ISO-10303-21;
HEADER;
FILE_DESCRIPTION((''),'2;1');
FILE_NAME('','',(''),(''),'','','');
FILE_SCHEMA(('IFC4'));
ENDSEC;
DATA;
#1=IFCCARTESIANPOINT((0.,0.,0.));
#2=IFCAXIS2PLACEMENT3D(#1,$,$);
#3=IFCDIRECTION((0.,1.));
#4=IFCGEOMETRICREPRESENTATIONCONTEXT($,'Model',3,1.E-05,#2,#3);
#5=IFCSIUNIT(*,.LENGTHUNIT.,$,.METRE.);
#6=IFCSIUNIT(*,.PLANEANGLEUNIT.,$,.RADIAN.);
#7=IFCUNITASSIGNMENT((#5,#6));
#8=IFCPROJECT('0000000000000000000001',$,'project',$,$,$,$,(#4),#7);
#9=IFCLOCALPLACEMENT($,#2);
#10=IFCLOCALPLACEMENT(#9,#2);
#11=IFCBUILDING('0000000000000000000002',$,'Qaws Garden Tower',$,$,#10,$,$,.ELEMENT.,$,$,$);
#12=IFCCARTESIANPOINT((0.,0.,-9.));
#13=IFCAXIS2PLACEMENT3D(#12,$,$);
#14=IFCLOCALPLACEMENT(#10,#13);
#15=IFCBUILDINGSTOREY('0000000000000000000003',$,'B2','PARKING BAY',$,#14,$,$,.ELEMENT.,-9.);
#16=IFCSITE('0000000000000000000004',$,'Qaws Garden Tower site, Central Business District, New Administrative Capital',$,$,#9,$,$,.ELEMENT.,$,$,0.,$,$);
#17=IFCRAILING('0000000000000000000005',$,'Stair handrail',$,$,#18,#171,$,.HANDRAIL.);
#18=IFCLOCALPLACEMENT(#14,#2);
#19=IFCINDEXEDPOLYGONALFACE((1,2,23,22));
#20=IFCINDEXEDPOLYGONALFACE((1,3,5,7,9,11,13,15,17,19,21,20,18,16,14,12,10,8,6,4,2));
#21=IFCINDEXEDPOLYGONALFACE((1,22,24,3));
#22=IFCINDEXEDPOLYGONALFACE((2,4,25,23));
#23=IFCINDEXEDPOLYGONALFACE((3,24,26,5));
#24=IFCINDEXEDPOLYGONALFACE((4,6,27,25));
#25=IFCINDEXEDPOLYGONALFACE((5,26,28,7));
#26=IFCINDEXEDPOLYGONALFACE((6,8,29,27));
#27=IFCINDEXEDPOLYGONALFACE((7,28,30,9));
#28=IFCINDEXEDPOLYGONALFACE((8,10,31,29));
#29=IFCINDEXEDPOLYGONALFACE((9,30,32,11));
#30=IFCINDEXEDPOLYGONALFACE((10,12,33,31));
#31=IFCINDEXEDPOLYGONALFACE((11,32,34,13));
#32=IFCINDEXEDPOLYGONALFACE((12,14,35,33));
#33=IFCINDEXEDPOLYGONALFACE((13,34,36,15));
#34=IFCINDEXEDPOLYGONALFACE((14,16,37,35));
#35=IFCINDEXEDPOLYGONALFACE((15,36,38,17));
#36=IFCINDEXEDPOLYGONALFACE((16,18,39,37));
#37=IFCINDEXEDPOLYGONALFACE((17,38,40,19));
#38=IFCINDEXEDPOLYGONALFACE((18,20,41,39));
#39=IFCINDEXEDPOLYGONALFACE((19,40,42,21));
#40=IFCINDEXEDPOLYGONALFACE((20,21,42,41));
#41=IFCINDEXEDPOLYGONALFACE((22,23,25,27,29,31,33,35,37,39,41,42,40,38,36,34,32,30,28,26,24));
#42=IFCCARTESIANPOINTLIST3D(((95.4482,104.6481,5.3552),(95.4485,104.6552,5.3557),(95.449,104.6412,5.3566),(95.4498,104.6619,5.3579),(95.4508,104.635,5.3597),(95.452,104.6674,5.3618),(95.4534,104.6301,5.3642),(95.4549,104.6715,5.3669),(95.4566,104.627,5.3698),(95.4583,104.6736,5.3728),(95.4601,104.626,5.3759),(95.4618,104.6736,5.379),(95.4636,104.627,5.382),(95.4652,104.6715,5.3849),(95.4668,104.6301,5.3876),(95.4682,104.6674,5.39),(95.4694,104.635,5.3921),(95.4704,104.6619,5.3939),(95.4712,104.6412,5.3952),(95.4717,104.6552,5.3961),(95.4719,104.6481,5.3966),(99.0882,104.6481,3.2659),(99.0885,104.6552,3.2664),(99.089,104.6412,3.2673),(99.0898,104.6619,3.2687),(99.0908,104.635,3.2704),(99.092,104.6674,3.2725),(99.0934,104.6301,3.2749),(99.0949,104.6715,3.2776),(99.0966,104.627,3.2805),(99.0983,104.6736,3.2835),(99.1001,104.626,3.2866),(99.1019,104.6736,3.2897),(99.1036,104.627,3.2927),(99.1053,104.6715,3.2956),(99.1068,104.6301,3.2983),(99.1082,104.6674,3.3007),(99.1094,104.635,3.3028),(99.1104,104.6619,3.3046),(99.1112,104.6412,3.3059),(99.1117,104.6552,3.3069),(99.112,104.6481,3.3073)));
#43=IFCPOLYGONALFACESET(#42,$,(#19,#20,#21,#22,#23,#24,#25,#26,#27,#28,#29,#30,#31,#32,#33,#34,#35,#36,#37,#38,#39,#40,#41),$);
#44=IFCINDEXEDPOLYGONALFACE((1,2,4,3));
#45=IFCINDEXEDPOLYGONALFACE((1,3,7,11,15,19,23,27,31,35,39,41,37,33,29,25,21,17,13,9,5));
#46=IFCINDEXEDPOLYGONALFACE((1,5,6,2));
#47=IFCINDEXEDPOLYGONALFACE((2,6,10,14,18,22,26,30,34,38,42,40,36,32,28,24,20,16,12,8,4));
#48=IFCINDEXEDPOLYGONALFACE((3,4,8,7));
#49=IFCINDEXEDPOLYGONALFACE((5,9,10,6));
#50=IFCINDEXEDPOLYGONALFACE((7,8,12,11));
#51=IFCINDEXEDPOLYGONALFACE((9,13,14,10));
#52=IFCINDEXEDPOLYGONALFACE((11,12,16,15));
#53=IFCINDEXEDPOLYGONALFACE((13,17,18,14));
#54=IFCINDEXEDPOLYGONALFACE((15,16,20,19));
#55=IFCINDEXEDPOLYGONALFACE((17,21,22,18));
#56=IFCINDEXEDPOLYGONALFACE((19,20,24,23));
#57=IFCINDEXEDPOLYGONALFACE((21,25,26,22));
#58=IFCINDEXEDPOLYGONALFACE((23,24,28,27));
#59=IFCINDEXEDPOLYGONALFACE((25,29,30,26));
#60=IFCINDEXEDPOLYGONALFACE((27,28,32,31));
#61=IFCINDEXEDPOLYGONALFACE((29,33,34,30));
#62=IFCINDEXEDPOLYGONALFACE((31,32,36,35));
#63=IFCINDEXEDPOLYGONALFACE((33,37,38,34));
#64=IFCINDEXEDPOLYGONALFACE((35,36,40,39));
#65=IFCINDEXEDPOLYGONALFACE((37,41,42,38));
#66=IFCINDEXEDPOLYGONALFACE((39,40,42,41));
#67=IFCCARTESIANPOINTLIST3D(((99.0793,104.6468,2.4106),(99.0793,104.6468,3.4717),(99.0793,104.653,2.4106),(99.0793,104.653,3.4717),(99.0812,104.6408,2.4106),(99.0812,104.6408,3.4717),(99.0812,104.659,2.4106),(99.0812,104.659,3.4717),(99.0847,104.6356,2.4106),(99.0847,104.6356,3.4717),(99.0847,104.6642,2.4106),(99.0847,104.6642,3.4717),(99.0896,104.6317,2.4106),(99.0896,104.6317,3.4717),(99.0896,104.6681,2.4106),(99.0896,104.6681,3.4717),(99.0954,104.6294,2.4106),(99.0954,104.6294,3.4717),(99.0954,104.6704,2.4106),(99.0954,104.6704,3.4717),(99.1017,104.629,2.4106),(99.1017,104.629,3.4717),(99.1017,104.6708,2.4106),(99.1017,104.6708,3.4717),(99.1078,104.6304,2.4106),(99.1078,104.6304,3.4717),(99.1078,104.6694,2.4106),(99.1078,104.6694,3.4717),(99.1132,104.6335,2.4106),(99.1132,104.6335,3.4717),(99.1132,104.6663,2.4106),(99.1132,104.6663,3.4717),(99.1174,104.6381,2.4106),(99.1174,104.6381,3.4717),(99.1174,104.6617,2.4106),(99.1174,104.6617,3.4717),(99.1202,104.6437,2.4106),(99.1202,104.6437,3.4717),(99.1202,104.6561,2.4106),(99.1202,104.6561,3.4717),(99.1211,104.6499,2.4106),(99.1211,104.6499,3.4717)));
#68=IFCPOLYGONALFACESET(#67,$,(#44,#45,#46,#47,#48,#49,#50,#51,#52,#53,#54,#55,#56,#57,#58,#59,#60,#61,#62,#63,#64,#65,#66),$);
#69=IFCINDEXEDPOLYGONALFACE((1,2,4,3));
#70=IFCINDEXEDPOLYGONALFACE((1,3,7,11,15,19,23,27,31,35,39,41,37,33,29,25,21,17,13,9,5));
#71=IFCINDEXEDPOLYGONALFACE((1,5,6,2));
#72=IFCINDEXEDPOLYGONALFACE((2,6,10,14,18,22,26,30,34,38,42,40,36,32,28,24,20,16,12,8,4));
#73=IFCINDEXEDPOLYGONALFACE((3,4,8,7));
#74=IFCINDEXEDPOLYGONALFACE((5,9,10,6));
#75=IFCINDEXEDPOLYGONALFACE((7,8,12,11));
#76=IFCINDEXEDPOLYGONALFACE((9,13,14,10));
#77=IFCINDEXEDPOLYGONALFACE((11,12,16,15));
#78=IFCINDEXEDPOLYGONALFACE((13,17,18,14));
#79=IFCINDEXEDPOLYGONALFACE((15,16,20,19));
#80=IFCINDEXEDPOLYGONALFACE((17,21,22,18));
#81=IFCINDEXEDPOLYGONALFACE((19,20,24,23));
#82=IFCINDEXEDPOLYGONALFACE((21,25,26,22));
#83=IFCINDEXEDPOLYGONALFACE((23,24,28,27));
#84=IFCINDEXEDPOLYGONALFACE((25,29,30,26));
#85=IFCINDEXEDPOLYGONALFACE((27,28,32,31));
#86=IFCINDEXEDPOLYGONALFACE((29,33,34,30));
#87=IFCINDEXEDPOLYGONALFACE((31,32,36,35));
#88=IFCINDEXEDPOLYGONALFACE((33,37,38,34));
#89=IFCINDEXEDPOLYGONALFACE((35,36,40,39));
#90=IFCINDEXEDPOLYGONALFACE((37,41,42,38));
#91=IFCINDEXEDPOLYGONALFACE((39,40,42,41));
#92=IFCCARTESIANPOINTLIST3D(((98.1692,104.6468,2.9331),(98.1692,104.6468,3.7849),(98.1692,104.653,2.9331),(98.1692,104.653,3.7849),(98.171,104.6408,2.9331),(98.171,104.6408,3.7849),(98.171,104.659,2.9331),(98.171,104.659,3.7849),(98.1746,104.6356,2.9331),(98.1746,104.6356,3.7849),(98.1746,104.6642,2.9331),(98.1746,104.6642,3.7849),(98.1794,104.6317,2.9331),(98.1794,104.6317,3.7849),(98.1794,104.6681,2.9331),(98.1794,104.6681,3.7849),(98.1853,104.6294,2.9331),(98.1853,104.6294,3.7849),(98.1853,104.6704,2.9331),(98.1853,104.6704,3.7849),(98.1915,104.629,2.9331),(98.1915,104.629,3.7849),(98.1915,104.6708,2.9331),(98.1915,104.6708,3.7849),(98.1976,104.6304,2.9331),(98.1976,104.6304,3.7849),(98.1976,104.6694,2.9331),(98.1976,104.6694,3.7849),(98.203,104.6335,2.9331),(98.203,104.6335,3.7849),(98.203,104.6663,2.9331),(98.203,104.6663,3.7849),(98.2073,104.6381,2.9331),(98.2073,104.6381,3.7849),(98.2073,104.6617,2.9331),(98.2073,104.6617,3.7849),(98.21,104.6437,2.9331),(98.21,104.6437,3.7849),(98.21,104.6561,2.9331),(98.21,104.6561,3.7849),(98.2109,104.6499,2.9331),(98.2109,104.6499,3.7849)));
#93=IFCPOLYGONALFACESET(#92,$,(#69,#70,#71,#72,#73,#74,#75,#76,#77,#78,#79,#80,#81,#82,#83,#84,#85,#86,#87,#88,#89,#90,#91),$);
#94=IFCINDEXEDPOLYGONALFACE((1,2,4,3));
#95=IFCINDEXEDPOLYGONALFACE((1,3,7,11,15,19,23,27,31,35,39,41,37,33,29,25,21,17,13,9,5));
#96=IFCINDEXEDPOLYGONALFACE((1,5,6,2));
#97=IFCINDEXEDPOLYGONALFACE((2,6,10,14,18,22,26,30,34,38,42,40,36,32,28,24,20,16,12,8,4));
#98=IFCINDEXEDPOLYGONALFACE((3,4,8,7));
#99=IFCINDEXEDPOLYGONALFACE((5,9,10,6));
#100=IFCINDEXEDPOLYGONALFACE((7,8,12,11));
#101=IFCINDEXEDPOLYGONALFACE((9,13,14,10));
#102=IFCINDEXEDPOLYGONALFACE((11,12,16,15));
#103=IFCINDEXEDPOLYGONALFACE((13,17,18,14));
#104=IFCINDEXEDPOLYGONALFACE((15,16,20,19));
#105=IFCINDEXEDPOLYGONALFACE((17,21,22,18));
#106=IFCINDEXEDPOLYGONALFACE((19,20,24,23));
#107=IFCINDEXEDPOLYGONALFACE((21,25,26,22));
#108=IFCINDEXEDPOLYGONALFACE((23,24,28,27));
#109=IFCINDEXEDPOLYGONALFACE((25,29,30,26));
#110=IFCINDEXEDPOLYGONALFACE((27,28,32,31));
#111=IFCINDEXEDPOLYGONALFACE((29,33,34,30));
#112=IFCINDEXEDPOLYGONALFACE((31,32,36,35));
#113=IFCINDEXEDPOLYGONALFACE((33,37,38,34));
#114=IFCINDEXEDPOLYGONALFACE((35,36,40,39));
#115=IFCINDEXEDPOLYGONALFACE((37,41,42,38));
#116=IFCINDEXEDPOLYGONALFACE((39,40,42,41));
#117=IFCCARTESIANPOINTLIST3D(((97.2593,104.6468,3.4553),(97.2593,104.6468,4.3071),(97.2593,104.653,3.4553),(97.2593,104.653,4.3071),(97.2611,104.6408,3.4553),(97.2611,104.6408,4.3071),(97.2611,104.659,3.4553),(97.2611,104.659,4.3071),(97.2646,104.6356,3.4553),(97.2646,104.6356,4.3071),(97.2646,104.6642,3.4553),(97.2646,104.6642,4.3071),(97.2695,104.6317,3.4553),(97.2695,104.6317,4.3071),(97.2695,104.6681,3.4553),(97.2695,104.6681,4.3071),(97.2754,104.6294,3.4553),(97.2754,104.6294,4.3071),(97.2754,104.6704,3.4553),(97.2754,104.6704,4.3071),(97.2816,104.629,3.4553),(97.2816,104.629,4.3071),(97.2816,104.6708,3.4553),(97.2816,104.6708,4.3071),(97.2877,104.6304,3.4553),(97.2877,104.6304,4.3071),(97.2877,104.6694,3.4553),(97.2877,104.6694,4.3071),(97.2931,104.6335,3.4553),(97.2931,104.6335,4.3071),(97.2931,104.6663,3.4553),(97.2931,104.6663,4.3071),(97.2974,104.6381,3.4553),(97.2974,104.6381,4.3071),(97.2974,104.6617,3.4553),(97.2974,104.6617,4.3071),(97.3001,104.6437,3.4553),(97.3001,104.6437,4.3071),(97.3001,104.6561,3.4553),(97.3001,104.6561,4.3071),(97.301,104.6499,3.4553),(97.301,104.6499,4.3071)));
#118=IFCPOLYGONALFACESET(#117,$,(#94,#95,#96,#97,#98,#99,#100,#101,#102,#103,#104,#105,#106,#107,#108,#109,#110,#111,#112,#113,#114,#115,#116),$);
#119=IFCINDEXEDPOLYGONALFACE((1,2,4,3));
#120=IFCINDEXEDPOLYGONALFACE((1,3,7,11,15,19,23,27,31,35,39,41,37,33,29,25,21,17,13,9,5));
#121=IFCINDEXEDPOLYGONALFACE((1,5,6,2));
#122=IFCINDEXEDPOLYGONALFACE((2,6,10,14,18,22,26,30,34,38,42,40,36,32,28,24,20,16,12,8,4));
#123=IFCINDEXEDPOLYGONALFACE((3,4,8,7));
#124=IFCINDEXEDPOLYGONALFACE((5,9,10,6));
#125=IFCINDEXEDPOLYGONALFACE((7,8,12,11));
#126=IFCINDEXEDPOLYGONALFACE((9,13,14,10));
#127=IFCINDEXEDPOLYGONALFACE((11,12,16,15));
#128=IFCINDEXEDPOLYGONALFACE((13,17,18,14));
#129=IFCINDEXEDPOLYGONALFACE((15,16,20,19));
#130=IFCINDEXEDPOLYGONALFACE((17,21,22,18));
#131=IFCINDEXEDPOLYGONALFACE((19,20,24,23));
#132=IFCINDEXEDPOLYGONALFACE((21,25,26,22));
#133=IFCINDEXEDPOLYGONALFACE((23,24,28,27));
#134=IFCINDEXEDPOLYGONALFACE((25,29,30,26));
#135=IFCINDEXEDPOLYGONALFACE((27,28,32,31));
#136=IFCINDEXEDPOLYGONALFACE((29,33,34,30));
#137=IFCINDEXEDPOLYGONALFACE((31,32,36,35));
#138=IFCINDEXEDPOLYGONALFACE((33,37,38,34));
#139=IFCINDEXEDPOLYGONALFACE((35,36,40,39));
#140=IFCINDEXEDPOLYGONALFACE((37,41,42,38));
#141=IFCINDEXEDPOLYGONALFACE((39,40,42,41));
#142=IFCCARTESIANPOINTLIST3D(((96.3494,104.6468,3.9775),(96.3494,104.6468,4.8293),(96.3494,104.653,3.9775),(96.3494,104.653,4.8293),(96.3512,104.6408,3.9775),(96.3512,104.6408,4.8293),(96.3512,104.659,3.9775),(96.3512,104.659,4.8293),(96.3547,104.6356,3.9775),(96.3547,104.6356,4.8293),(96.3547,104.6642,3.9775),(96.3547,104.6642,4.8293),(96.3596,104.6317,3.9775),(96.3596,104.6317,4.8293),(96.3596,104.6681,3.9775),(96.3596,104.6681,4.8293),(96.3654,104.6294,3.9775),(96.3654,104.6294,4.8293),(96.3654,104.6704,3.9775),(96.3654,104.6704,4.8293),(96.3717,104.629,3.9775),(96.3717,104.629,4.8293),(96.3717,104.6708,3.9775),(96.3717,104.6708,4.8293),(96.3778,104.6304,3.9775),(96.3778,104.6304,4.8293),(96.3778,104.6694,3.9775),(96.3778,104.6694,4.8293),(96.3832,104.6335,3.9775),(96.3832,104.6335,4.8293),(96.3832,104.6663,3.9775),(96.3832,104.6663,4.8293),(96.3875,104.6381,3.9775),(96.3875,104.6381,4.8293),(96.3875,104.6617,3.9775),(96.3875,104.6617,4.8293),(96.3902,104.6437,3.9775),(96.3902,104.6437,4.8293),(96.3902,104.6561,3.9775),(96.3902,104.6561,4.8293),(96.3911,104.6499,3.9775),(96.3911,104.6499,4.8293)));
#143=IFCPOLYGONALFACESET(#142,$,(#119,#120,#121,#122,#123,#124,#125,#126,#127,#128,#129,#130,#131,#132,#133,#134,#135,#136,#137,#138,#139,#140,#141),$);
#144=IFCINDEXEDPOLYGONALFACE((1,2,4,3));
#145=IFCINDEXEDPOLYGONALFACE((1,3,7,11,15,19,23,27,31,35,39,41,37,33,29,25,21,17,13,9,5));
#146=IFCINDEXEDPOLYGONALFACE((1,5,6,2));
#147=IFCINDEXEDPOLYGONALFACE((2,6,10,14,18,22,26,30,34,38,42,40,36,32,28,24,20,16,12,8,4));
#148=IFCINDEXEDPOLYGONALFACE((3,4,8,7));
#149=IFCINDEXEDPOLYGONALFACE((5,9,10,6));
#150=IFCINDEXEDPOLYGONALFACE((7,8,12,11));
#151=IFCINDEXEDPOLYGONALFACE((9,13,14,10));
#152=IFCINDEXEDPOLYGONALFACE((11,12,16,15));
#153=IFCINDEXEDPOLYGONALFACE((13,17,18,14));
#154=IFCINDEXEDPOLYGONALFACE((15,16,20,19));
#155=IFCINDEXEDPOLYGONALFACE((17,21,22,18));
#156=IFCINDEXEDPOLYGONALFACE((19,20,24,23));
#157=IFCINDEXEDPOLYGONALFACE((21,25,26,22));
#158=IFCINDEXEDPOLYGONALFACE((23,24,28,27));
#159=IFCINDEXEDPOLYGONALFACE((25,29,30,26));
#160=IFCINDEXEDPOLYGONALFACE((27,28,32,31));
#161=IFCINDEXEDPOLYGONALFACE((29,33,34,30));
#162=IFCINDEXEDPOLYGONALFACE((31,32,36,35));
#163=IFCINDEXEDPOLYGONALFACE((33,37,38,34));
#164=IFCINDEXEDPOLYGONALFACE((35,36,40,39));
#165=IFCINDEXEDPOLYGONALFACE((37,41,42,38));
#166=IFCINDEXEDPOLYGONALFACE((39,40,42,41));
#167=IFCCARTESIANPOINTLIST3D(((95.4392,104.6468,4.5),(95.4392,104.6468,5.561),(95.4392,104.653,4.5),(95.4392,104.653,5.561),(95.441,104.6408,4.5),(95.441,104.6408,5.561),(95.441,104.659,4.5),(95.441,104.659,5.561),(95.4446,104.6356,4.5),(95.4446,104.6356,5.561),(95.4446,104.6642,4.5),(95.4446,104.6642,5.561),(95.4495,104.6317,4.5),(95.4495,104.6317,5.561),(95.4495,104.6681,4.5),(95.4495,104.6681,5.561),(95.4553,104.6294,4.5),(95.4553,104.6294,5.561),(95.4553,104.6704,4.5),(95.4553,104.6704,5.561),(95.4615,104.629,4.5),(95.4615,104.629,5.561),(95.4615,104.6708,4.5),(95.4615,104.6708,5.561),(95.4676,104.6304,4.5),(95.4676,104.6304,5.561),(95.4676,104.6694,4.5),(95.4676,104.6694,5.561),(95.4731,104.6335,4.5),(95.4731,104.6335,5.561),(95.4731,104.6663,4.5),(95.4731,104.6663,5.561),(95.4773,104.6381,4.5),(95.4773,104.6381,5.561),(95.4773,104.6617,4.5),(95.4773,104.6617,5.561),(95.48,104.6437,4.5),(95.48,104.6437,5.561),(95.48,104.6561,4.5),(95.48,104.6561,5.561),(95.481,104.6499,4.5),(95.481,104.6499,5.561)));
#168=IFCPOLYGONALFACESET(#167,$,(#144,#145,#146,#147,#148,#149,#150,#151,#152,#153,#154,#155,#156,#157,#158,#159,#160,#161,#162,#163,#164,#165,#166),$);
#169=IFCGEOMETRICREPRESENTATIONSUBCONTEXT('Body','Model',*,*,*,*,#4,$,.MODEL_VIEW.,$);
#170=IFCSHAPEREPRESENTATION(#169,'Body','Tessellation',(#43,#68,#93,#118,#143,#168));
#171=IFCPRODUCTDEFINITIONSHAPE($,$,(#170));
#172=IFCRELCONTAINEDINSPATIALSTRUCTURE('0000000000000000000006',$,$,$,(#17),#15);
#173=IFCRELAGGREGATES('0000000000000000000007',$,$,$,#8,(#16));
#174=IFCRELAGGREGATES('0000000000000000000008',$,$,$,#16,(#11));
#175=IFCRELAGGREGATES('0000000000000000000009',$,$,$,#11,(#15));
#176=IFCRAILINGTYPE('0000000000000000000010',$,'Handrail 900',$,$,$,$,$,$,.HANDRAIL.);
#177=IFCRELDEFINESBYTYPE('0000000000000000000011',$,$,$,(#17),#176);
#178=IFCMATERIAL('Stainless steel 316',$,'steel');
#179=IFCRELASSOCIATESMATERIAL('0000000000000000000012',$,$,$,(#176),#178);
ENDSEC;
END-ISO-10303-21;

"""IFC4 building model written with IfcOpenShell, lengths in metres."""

from ifc_helpers import new_model, si_unit, direction, frame, origin, origin_2d, place, context, subcontext, project, spatial, circle, extrude, material, type_object, element, save


model = new_model("IFC4")

# Units and contexts
model_context = context("Model", 3, precision=1e-05, world=origin(), true_north=direction((0.0, 1.0)))
body_context = subcontext(model_context, "Body", "Model", "MODEL_VIEW")
ifc_project = project(units=[si_unit("LENGTHUNIT", "METRE"), si_unit("PLANEANGLEUNIT", "RADIAN")], contexts=[model_context])

# Site, building, storey
site_placement = place(None, origin())
site = spatial("IfcSite", under=ifc_project, at=site_placement, Name="Qaws Garden Tower site, Central Business District, New Administrative Capital", CompositionType="ELEMENT", RefElevation=0.0)
building_placement = place(site_placement, origin())
building = spatial("IfcBuilding", under=site, at=building_placement, Name="Qaws Garden Tower", CompositionType="ELEMENT")
storey_placement = place(building_placement, frame((0.0, 0.0, -9.0)))
storey = spatial("IfcBuildingStorey", under=building, at=storey_placement, Name="B2", Description="PARKING BAY", CompositionType="ELEMENT", Elevation=-9.0)

# Railing
ifc_material_1 = material(Name="Stainless steel 316", Category="steel")
railing_type_1 = type_object("IfcRailingType", Name="Handrail 900", PredefinedType="HANDRAIL", material=ifc_material_1)
for number, where, name in (
    (1, (99.1001, 104.6499, 2.4106), "Stair handrail"),
):
    element("IfcRailing", number, at=place(storey_placement, frame(where)), inside=storey, type_object=railing_type_1, Name=name, PredefinedType="HANDRAIL", context=body_context, shape_type="SweptSolid", body=[
        extrude(circle(Radius=0.0239, at=origin_2d()), frame((0.0, 0.0, 0.876), z_axis=(-0.867289, 0.0, 0.497804), x_axis=(0.0, -1.0, 0.0)), (0.0, 0.0, 1.0), 4.197),
        extrude(circle(Radius=0.021, at=origin_2d()), origin(), (0.0, 0.0, 1.0), 1.061),
        extrude(circle(Radius=0.021, at=origin_2d()), frame((-0.9102, 0.0, 0.5225)), (0.0, 0.0, 1.0), 0.8518),
        extrude(circle(Radius=0.021, at=origin_2d()), frame((-1.8201, 0.0, 1.0447)), (0.0, 0.0, 1.0), 0.8518),
        extrude(circle(Radius=0.021, at=origin_2d()), frame((-2.73, 0.0, 1.5669)), (0.0, 0.0, 1.0), 0.8518),
        extrude(circle(Radius=0.021, at=origin_2d()), frame((-3.6401, 0.0, 2.0894)), (0.0, 0.0, 1.0), 1.061),
    ])

save(model, "model.ifc")
